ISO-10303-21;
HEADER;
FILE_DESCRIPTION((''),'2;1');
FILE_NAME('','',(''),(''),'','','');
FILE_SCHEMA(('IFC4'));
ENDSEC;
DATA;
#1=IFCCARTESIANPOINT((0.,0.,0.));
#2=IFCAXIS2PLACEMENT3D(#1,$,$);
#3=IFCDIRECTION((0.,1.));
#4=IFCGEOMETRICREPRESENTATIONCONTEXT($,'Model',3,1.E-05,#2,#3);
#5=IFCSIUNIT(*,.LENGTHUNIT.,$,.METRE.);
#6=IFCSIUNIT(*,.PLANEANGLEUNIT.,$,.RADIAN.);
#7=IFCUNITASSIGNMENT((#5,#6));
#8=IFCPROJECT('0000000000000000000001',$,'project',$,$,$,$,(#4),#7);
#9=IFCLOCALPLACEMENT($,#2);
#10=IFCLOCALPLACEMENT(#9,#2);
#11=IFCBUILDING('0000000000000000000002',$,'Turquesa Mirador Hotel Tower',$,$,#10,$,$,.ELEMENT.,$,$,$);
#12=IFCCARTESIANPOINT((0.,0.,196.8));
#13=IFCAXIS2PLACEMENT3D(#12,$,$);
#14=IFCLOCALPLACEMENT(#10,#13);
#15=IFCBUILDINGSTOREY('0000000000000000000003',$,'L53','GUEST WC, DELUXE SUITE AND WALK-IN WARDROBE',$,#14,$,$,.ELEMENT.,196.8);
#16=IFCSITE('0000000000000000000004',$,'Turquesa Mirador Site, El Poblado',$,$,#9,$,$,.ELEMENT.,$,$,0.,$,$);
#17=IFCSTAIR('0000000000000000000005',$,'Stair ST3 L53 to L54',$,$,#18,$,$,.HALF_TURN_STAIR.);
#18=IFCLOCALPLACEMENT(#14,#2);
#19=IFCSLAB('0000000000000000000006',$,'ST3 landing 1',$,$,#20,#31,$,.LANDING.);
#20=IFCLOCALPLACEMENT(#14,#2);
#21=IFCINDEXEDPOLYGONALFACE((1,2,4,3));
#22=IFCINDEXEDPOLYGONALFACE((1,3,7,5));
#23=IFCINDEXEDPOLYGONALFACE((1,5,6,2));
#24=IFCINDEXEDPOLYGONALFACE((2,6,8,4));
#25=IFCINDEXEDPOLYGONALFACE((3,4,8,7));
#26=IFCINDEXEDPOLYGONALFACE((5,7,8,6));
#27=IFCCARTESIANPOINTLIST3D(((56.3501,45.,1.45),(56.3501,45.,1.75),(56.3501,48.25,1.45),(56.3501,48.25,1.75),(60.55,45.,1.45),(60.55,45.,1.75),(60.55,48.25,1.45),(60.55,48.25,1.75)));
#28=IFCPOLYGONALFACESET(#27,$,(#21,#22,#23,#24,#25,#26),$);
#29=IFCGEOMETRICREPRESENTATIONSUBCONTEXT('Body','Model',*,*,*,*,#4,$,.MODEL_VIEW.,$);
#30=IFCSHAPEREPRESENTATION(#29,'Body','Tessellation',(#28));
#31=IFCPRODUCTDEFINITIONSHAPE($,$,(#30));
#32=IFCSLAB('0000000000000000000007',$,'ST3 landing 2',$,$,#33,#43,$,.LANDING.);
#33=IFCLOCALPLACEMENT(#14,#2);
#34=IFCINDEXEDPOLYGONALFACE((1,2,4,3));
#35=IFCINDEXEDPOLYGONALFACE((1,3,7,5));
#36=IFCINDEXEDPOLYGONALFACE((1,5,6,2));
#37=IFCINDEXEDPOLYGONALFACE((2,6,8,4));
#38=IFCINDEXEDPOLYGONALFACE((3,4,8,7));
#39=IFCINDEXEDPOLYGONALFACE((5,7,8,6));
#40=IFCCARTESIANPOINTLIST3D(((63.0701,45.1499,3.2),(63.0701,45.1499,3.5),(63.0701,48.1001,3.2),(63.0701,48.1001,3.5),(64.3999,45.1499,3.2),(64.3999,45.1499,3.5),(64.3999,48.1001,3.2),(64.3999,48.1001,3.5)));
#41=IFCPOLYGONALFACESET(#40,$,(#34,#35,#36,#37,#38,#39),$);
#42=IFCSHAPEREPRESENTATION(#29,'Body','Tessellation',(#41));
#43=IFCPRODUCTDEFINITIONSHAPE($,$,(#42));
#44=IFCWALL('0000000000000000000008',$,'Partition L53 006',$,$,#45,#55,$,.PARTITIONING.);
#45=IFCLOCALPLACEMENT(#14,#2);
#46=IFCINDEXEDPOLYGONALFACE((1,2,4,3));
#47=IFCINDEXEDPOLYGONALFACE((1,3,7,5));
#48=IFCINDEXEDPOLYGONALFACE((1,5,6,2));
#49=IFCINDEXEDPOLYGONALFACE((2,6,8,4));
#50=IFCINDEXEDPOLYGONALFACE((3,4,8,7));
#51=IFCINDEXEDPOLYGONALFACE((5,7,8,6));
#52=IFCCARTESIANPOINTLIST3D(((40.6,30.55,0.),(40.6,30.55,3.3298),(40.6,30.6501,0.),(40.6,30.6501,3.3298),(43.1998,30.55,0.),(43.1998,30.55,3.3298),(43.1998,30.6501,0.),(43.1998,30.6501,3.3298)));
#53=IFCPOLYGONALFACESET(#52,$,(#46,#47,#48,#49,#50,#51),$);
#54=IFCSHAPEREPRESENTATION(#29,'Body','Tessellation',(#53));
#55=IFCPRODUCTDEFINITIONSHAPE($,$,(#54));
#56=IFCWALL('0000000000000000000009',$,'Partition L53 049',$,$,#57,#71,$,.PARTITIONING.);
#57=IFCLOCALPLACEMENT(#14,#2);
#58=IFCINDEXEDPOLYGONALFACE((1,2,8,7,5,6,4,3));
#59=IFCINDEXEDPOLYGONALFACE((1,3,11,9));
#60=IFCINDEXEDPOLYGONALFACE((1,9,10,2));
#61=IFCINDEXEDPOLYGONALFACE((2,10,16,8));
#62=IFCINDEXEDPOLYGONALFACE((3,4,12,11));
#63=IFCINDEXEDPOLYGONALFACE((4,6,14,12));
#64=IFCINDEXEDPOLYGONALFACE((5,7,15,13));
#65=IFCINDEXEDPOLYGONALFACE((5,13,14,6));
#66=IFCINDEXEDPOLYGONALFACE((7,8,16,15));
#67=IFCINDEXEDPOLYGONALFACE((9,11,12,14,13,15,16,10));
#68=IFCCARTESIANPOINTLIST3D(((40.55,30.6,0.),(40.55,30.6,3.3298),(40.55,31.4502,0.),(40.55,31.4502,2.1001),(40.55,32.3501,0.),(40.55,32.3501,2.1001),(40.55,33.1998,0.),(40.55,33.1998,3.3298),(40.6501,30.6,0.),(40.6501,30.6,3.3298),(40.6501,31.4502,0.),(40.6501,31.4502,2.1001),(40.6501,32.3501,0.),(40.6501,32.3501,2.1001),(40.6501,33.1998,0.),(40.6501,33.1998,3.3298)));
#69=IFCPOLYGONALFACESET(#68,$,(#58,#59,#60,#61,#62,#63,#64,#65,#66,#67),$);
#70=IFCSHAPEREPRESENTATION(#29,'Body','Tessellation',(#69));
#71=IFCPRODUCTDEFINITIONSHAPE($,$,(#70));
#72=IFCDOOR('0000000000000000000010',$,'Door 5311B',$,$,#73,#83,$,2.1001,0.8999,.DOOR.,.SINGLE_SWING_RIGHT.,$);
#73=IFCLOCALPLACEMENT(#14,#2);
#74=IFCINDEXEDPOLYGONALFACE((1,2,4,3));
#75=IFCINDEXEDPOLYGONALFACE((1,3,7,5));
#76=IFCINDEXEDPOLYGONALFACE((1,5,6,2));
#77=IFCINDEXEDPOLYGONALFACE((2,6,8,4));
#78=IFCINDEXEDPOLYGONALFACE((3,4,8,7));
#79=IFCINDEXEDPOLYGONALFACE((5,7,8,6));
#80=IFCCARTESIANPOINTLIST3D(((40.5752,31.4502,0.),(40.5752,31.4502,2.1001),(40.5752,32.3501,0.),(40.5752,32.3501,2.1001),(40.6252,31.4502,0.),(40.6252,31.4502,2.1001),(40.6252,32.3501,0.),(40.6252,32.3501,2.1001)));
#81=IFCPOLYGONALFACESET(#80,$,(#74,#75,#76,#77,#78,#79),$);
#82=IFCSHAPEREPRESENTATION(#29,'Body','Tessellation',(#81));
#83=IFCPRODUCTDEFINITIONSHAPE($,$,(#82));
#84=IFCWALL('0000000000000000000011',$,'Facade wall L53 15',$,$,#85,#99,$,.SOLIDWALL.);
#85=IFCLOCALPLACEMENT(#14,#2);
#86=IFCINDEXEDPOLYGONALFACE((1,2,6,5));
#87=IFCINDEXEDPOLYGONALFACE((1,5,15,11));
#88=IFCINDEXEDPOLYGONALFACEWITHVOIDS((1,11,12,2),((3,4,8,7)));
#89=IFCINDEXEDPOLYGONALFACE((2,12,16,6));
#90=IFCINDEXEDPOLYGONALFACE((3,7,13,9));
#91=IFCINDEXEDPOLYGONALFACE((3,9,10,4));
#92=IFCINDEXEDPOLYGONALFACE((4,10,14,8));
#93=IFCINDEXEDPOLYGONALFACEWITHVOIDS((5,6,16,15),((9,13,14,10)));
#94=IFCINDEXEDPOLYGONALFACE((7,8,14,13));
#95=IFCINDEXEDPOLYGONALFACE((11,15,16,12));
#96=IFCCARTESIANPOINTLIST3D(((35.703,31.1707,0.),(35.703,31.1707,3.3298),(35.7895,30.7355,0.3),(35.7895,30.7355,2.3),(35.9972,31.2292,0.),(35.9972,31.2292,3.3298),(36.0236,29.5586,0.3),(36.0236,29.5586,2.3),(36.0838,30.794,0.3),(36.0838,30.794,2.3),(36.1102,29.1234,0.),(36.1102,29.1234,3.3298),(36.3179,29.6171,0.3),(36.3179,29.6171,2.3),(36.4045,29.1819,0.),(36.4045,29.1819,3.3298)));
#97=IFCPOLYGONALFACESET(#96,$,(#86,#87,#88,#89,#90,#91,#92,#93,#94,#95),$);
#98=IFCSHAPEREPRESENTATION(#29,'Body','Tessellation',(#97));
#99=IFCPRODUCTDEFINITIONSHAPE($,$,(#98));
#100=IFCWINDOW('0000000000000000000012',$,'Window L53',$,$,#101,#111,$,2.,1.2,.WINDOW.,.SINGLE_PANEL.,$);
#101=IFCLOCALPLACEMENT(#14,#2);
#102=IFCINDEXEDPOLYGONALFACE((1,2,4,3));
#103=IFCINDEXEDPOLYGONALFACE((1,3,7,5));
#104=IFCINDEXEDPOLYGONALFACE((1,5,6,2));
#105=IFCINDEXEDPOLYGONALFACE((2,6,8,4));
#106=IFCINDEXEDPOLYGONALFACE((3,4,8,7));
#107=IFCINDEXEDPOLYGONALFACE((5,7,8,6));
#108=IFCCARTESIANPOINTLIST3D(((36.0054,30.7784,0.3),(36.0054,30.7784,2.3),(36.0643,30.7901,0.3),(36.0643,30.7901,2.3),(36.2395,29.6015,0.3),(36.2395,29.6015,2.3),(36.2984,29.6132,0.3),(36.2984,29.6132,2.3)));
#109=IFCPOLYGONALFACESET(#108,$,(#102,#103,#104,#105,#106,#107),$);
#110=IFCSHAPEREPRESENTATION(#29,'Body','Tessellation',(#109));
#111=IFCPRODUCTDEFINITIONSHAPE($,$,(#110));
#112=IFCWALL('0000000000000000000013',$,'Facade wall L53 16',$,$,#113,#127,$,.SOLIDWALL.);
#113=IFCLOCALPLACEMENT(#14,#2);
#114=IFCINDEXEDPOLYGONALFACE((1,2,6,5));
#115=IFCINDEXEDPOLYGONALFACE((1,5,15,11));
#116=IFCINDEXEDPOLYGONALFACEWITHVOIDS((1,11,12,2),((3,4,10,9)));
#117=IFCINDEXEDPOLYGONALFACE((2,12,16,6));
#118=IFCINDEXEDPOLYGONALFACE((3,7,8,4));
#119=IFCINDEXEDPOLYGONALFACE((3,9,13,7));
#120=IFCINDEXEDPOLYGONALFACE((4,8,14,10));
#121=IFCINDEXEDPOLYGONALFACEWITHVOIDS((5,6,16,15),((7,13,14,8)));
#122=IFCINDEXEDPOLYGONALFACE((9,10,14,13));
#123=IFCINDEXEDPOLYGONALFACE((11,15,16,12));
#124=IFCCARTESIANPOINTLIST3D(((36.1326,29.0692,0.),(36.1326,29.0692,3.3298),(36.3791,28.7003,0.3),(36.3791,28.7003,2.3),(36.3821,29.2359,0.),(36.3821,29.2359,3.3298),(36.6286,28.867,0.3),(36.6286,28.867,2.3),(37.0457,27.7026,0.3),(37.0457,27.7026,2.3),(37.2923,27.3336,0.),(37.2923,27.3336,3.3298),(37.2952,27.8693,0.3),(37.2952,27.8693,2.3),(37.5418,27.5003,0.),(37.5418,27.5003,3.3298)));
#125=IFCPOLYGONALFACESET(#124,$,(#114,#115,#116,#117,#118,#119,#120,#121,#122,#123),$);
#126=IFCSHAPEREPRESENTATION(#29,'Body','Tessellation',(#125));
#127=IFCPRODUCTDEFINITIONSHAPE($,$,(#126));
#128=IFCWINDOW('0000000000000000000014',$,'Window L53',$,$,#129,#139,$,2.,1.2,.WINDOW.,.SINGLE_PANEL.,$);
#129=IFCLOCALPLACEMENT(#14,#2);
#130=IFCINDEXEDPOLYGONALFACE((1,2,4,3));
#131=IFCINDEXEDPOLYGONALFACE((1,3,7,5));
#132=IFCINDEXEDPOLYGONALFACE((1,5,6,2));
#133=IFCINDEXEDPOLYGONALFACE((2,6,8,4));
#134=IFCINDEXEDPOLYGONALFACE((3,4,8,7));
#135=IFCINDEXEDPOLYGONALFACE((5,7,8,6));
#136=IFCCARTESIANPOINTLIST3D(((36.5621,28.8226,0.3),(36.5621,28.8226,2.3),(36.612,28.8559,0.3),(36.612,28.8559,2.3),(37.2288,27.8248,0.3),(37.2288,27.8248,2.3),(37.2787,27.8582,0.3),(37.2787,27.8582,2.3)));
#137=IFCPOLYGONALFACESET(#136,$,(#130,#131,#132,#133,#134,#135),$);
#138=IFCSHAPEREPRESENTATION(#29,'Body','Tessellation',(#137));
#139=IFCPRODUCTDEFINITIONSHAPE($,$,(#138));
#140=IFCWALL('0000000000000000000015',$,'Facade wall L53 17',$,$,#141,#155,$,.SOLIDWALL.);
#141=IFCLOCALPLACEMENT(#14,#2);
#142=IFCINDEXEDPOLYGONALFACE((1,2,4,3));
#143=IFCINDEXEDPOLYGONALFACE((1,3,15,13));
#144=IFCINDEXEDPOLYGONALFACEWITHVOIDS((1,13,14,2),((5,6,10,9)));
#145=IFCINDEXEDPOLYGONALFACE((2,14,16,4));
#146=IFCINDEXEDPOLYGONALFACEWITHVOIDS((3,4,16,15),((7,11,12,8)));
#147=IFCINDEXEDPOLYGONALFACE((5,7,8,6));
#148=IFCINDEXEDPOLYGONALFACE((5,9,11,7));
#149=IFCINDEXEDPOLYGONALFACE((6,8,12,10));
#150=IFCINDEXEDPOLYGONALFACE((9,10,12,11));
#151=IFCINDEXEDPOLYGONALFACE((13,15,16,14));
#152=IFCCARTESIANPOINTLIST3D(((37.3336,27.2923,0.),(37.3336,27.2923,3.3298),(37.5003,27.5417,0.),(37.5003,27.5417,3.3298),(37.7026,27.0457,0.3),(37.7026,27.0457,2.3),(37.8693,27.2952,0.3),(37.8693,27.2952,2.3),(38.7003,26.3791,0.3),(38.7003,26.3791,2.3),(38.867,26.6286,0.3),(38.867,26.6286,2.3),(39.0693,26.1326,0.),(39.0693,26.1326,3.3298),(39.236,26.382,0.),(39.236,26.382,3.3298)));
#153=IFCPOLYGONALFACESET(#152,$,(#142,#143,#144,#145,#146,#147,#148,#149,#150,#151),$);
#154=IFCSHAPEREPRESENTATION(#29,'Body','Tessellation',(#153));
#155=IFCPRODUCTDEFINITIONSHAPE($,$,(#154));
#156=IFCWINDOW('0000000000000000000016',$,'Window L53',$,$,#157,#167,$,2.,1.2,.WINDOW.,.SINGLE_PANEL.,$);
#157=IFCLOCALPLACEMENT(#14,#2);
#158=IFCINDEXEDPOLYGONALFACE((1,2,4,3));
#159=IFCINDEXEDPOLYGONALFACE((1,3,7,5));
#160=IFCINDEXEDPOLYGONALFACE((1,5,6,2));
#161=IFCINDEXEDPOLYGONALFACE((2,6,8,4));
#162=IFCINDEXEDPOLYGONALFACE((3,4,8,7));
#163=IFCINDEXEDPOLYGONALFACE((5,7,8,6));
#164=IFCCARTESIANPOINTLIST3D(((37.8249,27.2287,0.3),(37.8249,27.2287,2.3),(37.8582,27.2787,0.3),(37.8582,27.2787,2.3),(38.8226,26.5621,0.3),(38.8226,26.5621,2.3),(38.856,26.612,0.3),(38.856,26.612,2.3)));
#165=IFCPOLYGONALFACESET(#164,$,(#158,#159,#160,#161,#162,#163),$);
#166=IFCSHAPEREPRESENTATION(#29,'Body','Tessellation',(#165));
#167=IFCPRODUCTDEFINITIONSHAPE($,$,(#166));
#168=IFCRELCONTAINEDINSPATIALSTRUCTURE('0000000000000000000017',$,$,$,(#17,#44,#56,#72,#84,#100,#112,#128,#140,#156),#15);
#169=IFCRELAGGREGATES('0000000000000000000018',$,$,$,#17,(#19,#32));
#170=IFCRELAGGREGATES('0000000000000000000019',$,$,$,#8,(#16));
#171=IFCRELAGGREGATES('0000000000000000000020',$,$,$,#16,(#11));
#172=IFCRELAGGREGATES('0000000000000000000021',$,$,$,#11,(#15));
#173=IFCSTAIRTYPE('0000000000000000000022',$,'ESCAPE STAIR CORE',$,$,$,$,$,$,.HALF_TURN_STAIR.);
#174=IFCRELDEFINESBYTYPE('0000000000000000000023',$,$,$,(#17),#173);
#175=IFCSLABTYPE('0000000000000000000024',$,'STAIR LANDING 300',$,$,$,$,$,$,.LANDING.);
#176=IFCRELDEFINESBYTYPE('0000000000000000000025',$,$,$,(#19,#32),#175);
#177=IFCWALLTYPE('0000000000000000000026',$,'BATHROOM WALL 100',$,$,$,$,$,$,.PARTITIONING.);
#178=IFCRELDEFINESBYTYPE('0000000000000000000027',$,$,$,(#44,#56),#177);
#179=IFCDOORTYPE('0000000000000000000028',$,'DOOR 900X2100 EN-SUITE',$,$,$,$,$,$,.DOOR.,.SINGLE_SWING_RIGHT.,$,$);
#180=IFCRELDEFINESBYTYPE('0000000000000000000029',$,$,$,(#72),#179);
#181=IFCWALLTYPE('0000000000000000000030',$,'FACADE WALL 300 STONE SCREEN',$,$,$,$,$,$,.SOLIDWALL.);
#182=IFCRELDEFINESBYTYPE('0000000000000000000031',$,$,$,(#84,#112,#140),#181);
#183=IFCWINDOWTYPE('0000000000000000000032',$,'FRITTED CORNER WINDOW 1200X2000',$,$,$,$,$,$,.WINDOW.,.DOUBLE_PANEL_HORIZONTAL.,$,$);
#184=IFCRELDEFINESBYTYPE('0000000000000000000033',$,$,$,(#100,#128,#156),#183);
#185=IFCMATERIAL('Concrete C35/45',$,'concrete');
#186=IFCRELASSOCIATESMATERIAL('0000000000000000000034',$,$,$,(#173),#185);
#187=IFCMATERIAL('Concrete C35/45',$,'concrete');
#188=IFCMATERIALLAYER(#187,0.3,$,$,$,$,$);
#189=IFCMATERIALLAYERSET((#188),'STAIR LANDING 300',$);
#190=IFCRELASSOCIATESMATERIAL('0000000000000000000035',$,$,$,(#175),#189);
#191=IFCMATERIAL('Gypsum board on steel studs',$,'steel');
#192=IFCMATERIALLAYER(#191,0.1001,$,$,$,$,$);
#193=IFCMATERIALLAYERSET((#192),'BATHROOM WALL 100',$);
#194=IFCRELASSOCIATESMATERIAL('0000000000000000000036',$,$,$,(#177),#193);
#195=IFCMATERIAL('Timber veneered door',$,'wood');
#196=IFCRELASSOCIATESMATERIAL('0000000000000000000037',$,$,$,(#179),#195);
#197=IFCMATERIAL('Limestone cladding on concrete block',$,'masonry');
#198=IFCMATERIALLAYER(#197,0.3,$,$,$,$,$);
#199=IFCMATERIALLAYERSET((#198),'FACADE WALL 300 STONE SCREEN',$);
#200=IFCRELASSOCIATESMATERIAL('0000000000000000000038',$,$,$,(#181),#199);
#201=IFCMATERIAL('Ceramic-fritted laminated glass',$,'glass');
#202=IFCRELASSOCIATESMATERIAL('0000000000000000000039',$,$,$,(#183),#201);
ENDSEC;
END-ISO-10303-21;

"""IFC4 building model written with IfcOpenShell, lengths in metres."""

from ifc_helpers import new_model, si_unit, direction, frame, frame_2d, origin, place, context, subcontext, project, spatial, polyline, rectangle, outline, extrude, material, layer, layer_set, type_object, element, fill, aggregate, save


model = new_model("IFC4")

# Units and contexts
model_context = context("Model", 3, precision=1e-05, world=origin(), true_north=direction((0.0, 1.0)))
body_context = subcontext(model_context, "Body", "Model", "MODEL_VIEW")
ifc_project = project(units=[si_unit("LENGTHUNIT", "METRE"), si_unit("PLANEANGLEUNIT", "RADIAN")], contexts=[model_context])

# Site, building, storey
site_placement = place(None, origin())
site = spatial("IfcSite", under=ifc_project, at=site_placement, Name="Turquesa Mirador Site, El Poblado", CompositionType="ELEMENT", RefElevation=0.0)
building_placement = place(site_placement, origin())
building = spatial("IfcBuilding", under=site, at=building_placement, Name="Turquesa Mirador Hotel Tower", CompositionType="ELEMENT")
storey_placement = place(building_placement, frame((0.0, 0.0, 196.8)))
storey = spatial("IfcBuildingStorey", under=building, at=storey_placement, Name="L53", Description="GUEST WC, DELUXE SUITE AND WALK-IN WARDROBE", CompositionType="ELEMENT", Elevation=196.8)

# Stair, slabs
ifc_material_1 = material(Name="Concrete C35/45", Category="concrete")
stair_type = type_object("IfcStairType", Name="ESCAPE STAIR CORE", PredefinedType="HALF_TURN_STAIR", material=ifc_material_1)
ifc_material_2 = material(Name="Concrete C35/45", Category="concrete")
ifc_layer_1 = layer(ifc_material_2, 0.3)
ifc_layer_set_1 = layer_set([ifc_layer_1], Name="STAIR LANDING 300")
slab_type_1 = type_object("IfcSlabType", Name="STAIR LANDING 300", PredefinedType="LANDING", material=ifc_layer_set_1)
stair_1_placement = place(storey_placement, origin())
stair_1 = element("IfcStair", 1, at=stair_1_placement, inside=storey, type_object=stair_type, Name="Stair ST3 L53 to L54", PredefinedType="HALF_TURN_STAIR")
slab_1_placement = place(storey_placement, frame((0.0, 0.0, 1.45)))
slab_1 = element("IfcSlab", 2, at=slab_1_placement, type_object=slab_type_1, Name="ST3 landing 1", PredefinedType="LANDING", context=body_context, shape_type="SweptSolid", body=[
    extrude(outline(polyline([(56.3501, 45.0), (60.55, 45.0), (60.55, 48.25), (56.3501, 48.25), (56.3501, 45.0)])), origin(), (0.0, 0.0, 1.0), 0.3),
])
slab_2_placement = place(storey_placement, frame((0.0, 0.0, 3.2)))
slab_2 = element("IfcSlab", 3, at=slab_2_placement, type_object=slab_type_1, Name="ST3 landing 2", PredefinedType="LANDING", context=body_context, shape_type="SweptSolid", body=[
    extrude(outline(polyline([(63.0701, 45.1499), (64.3999, 45.1499), (64.3999, 48.1001), (63.0701, 48.1001), (63.0701, 45.1499)])), origin(), (0.0, 0.0, 1.0), 0.3),
])
aggregate(stair_1, [slab_1, slab_2])

# Wall
ifc_material_3 = material(Name="Gypsum board on steel studs", Category="steel")
ifc_layer_2 = layer(ifc_material_3, 0.1001)
ifc_layer_set_2 = layer_set([ifc_layer_2], Name="BATHROOM WALL 100")
wall_type_1 = type_object("IfcWallType", Name="BATHROOM WALL 100", PredefinedType="PARTITIONING", material=ifc_layer_set_2)
wall_1_placement = place(storey_placement, frame((40.6001, 30.6001, 0.0), z_axis=(0.0, 0.0, 1.0), x_axis=(1.0, 0.0, 0.0)))
element("IfcWall", 4, at=wall_1_placement, inside=storey, type_object=wall_type_1, Name="Partition L53 006", PredefinedType="PARTITIONING", context=body_context, shape_type="SweptSolid", body=[
    extrude(rectangle(XDim=2.5999, YDim=0.1001, at=frame_2d((1.2998, 0.0))), origin(), (0.0, 0.0, 1.0), 3.3298),
])

# Wall, opening, door
wall_2_placement = place(storey_placement, frame((40.6001, 30.6001, 0.0), z_axis=(0.0, 0.0, 1.0), x_axis=(0.0, 1.0, 0.0)))
wall_2 = element("IfcWall", 5, at=wall_2_placement, inside=storey, type_object=wall_type_1, Name="Partition L53 049", PredefinedType="PARTITIONING", context=body_context, shape_type="SweptSolid", body=[
    extrude(rectangle(XDim=2.5999, YDim=0.1001, at=frame_2d((1.2998, 0.0))), origin(), (0.0, 0.0, 1.0), 3.3298),
])
opening_1_placement = place(wall_2_placement, frame((0.8501, 0.0, 0.0)))
opening_1 = element("IfcOpeningElement", 6, at=opening_1_placement, cuts=wall_2, PredefinedType="OPENING", context=body_context, shape_type="SweptSolid", body=[
    extrude(rectangle(XDim=0.8999, YDim=2.1001, at=frame_2d((0.45, 1.05))), frame((0.0, 0.0601, 0.0), z_axis=(0.0, -1.0, 0.0), x_axis=(1.0, 0.0, 0.0)), (0.0, 0.0, 1.0), 0.1201),
])
ifc_material_4 = material(Name="Timber veneered door", Category="wood")
door_type_1 = type_object("IfcDoorType", Name="DOOR 900X2100 EN-SUITE", OperationType="SINGLE_SWING_RIGHT", PredefinedType="DOOR", material=ifc_material_4)
door_1_placement = place(opening_1_placement, origin())
door_1 = element("IfcDoor", 7, at=door_1_placement, inside=storey, type_object=door_type_1, Name="Door 5311B", OperationType="SINGLE_SWING_RIGHT", OverallHeight=2.1001, OverallWidth=0.8999, PredefinedType="DOOR", context=body_context, shape_type="SweptSolid", body=[
    extrude(rectangle(XDim=0.8999, YDim=2.1001, at=frame_2d((0.45, 1.05))), frame((0.0, 0.0249, 0.0), z_axis=(0.0, -1.0, 0.0), x_axis=(1.0, 0.0, 0.0)), (0.0, 0.0, 1.0), 0.05),
])
fill(opening_1, door_1)

# Walls, openings, windows
ifc_material_5 = material(Name="Limestone cladding on concrete block", Category="masonry")
ifc_layer_3 = layer(ifc_material_5, 0.3)
ifc_layer_set_3 = layer_set([ifc_layer_3], Name="FACADE WALL 300 STONE SCREEN")
wall_type_2 = type_object("IfcWallType", Name="FACADE WALL 300 STONE SCREEN", PredefinedType="SOLIDWALL", material=ifc_layer_set_3)
wall_3_placement = place(storey_placement, frame((35.8501, 31.2, 0.0), z_axis=(0.0, 0.0, 1.0), x_axis=(0.195081, -0.980787, 0.0)))
wall_3 = element("IfcWall", 8, at=wall_3_placement, inside=storey, type_object=wall_type_2, Name="Facade wall L53 15", PredefinedType="SOLIDWALL", context=body_context, shape_type="SweptSolid", body=[
    extrude(rectangle(XDim=2.0874, YDim=0.3, at=frame_2d((1.0437, 0.0))), origin(), (0.0, 0.0, 1.0), 3.3298),
])
opening_2_placement = place(wall_3_placement, frame((0.4436, 0.0, 0.3)))
opening_2 = element("IfcOpeningElement", 9, at=opening_2_placement, cuts=wall_3, PredefinedType="OPENING", context=body_context, shape_type="SweptSolid", body=[
    extrude(rectangle(XDim=1.2, YDim=2.0, at=frame_2d((0.6001, 1.0))), frame((0.0, 0.1599, 0.0), z_axis=(0.0, -1.0, 0.0), x_axis=(1.0, 0.0, 0.0)), (0.0, 0.0, 1.0), 0.3201),
])
ifc_material_6 = material(Name="Ceramic-fritted laminated glass", Category="glass")
window_type = type_object("IfcWindowType", Name="FRITTED CORNER WINDOW 1200X2000", PartitioningType="DOUBLE_PANEL_HORIZONTAL", PredefinedType="WINDOW", material=ifc_material_6)
window_1_placement = place(opening_2_placement, origin())
window_1 = element("IfcWindow", 10, at=window_1_placement, inside=storey, type_object=window_type, Name="Window L53", OverallHeight=2.0, OverallWidth=1.2, PartitioningType="SINGLE_PANEL", PredefinedType="WINDOW", context=body_context, shape_type="SweptSolid", body=[
    extrude(rectangle(XDim=1.2, YDim=2.0, at=frame_2d((0.6001, 1.0))), frame((0.0, 0.1301, 0.0), z_axis=(0.0, -1.0, 0.0), x_axis=(1.0, 0.0, 0.0)), (0.0, 0.0, 1.0), 0.0601),
])
fill(opening_2, window_1)
wall_4_placement = place(storey_placement, frame((36.2573, 29.1526, 0.0), z_axis=(0.0, 0.0, 1.0), x_axis=(0.555564, -0.831474, 0.0)))
wall_4 = element("IfcWall", 11, at=wall_4_placement, inside=storey, type_object=wall_type_2, Name="Facade wall L53 16", PredefinedType="SOLIDWALL", context=body_context, shape_type="SweptSolid", body=[
    extrude(rectangle(XDim=2.0874, YDim=0.3, at=frame_2d((1.0437, 0.0))), origin(), (0.0, 0.0, 1.0), 3.3298),
])
opening_3_placement = place(wall_4_placement, frame((0.4436, 0.0, 0.3)))
opening_3 = element("IfcOpeningElement", 12, at=opening_3_placement, cuts=wall_4, PredefinedType="OPENING", context=body_context, shape_type="SweptSolid", body=[
    extrude(rectangle(XDim=1.2, YDim=2.0, at=frame_2d((0.6001, 1.0))), frame((0.0, 0.1599, 0.0), z_axis=(0.0, -1.0, 0.0), x_axis=(1.0, 0.0, 0.0)), (0.0, 0.0, 1.0), 0.3201),
])
window_2_placement = place(opening_3_placement, origin())
window_2 = element("IfcWindow", 13, at=window_2_placement, inside=storey, type_object=window_type, Name="Window L53", OverallHeight=2.0, OverallWidth=1.2, PartitioningType="SINGLE_PANEL", PredefinedType="WINDOW", context=body_context, shape_type="SweptSolid", body=[
    extrude(rectangle(XDim=1.2, YDim=2.0, at=frame_2d((0.6001, 1.0))), frame((0.0, 0.1301, 0.0), z_axis=(0.0, -1.0, 0.0), x_axis=(1.0, 0.0, 0.0)), (0.0, 0.0, 1.0), 0.0601),
])
fill(opening_3, window_2)
wall_5_placement = place(storey_placement, frame((37.417, 27.417, 0.0), z_axis=(0.0, 0.0, 1.0), x_axis=(0.831474, -0.555564, 0.0)))
wall_5 = element("IfcWall", 14, at=wall_5_placement, inside=storey, type_object=wall_type_2, Name="Facade wall L53 17", PredefinedType="SOLIDWALL", context=body_context, shape_type="SweptSolid", body=[
    extrude(rectangle(XDim=2.0874, YDim=0.3, at=frame_2d((1.0437, 0.0))), origin(), (0.0, 0.0, 1.0), 3.3298),
])
opening_4_placement = place(wall_5_placement, frame((0.4436, 0.0, 0.3)))
opening_4 = element("IfcOpeningElement", 15, at=opening_4_placement, cuts=wall_5, PredefinedType="OPENING", context=body_context, shape_type="SweptSolid", body=[
    extrude(rectangle(XDim=1.2, YDim=2.0, at=frame_2d((0.6001, 1.0))), frame((0.0, 0.1599, 0.0), z_axis=(0.0, -1.0, 0.0), x_axis=(1.0, 0.0, 0.0)), (0.0, 0.0, 1.0), 0.3201),
])
window_3_placement = place(opening_4_placement, origin())
window_3 = element("IfcWindow", 16, at=window_3_placement, inside=storey, type_object=window_type, Name="Window L53", OverallHeight=2.0, OverallWidth=1.2, PartitioningType="SINGLE_PANEL", PredefinedType="WINDOW", context=body_context, shape_type="SweptSolid", body=[
    extrude(rectangle(XDim=1.2, YDim=2.0, at=frame_2d((0.6001, 1.0))), frame((0.0, 0.1301, 0.0), z_axis=(0.0, -1.0, 0.0), x_axis=(1.0, 0.0, 0.0)), (0.0, 0.0, 1.0), 0.0601),
])
fill(opening_4, window_3)

save(model, "model.ifc")
